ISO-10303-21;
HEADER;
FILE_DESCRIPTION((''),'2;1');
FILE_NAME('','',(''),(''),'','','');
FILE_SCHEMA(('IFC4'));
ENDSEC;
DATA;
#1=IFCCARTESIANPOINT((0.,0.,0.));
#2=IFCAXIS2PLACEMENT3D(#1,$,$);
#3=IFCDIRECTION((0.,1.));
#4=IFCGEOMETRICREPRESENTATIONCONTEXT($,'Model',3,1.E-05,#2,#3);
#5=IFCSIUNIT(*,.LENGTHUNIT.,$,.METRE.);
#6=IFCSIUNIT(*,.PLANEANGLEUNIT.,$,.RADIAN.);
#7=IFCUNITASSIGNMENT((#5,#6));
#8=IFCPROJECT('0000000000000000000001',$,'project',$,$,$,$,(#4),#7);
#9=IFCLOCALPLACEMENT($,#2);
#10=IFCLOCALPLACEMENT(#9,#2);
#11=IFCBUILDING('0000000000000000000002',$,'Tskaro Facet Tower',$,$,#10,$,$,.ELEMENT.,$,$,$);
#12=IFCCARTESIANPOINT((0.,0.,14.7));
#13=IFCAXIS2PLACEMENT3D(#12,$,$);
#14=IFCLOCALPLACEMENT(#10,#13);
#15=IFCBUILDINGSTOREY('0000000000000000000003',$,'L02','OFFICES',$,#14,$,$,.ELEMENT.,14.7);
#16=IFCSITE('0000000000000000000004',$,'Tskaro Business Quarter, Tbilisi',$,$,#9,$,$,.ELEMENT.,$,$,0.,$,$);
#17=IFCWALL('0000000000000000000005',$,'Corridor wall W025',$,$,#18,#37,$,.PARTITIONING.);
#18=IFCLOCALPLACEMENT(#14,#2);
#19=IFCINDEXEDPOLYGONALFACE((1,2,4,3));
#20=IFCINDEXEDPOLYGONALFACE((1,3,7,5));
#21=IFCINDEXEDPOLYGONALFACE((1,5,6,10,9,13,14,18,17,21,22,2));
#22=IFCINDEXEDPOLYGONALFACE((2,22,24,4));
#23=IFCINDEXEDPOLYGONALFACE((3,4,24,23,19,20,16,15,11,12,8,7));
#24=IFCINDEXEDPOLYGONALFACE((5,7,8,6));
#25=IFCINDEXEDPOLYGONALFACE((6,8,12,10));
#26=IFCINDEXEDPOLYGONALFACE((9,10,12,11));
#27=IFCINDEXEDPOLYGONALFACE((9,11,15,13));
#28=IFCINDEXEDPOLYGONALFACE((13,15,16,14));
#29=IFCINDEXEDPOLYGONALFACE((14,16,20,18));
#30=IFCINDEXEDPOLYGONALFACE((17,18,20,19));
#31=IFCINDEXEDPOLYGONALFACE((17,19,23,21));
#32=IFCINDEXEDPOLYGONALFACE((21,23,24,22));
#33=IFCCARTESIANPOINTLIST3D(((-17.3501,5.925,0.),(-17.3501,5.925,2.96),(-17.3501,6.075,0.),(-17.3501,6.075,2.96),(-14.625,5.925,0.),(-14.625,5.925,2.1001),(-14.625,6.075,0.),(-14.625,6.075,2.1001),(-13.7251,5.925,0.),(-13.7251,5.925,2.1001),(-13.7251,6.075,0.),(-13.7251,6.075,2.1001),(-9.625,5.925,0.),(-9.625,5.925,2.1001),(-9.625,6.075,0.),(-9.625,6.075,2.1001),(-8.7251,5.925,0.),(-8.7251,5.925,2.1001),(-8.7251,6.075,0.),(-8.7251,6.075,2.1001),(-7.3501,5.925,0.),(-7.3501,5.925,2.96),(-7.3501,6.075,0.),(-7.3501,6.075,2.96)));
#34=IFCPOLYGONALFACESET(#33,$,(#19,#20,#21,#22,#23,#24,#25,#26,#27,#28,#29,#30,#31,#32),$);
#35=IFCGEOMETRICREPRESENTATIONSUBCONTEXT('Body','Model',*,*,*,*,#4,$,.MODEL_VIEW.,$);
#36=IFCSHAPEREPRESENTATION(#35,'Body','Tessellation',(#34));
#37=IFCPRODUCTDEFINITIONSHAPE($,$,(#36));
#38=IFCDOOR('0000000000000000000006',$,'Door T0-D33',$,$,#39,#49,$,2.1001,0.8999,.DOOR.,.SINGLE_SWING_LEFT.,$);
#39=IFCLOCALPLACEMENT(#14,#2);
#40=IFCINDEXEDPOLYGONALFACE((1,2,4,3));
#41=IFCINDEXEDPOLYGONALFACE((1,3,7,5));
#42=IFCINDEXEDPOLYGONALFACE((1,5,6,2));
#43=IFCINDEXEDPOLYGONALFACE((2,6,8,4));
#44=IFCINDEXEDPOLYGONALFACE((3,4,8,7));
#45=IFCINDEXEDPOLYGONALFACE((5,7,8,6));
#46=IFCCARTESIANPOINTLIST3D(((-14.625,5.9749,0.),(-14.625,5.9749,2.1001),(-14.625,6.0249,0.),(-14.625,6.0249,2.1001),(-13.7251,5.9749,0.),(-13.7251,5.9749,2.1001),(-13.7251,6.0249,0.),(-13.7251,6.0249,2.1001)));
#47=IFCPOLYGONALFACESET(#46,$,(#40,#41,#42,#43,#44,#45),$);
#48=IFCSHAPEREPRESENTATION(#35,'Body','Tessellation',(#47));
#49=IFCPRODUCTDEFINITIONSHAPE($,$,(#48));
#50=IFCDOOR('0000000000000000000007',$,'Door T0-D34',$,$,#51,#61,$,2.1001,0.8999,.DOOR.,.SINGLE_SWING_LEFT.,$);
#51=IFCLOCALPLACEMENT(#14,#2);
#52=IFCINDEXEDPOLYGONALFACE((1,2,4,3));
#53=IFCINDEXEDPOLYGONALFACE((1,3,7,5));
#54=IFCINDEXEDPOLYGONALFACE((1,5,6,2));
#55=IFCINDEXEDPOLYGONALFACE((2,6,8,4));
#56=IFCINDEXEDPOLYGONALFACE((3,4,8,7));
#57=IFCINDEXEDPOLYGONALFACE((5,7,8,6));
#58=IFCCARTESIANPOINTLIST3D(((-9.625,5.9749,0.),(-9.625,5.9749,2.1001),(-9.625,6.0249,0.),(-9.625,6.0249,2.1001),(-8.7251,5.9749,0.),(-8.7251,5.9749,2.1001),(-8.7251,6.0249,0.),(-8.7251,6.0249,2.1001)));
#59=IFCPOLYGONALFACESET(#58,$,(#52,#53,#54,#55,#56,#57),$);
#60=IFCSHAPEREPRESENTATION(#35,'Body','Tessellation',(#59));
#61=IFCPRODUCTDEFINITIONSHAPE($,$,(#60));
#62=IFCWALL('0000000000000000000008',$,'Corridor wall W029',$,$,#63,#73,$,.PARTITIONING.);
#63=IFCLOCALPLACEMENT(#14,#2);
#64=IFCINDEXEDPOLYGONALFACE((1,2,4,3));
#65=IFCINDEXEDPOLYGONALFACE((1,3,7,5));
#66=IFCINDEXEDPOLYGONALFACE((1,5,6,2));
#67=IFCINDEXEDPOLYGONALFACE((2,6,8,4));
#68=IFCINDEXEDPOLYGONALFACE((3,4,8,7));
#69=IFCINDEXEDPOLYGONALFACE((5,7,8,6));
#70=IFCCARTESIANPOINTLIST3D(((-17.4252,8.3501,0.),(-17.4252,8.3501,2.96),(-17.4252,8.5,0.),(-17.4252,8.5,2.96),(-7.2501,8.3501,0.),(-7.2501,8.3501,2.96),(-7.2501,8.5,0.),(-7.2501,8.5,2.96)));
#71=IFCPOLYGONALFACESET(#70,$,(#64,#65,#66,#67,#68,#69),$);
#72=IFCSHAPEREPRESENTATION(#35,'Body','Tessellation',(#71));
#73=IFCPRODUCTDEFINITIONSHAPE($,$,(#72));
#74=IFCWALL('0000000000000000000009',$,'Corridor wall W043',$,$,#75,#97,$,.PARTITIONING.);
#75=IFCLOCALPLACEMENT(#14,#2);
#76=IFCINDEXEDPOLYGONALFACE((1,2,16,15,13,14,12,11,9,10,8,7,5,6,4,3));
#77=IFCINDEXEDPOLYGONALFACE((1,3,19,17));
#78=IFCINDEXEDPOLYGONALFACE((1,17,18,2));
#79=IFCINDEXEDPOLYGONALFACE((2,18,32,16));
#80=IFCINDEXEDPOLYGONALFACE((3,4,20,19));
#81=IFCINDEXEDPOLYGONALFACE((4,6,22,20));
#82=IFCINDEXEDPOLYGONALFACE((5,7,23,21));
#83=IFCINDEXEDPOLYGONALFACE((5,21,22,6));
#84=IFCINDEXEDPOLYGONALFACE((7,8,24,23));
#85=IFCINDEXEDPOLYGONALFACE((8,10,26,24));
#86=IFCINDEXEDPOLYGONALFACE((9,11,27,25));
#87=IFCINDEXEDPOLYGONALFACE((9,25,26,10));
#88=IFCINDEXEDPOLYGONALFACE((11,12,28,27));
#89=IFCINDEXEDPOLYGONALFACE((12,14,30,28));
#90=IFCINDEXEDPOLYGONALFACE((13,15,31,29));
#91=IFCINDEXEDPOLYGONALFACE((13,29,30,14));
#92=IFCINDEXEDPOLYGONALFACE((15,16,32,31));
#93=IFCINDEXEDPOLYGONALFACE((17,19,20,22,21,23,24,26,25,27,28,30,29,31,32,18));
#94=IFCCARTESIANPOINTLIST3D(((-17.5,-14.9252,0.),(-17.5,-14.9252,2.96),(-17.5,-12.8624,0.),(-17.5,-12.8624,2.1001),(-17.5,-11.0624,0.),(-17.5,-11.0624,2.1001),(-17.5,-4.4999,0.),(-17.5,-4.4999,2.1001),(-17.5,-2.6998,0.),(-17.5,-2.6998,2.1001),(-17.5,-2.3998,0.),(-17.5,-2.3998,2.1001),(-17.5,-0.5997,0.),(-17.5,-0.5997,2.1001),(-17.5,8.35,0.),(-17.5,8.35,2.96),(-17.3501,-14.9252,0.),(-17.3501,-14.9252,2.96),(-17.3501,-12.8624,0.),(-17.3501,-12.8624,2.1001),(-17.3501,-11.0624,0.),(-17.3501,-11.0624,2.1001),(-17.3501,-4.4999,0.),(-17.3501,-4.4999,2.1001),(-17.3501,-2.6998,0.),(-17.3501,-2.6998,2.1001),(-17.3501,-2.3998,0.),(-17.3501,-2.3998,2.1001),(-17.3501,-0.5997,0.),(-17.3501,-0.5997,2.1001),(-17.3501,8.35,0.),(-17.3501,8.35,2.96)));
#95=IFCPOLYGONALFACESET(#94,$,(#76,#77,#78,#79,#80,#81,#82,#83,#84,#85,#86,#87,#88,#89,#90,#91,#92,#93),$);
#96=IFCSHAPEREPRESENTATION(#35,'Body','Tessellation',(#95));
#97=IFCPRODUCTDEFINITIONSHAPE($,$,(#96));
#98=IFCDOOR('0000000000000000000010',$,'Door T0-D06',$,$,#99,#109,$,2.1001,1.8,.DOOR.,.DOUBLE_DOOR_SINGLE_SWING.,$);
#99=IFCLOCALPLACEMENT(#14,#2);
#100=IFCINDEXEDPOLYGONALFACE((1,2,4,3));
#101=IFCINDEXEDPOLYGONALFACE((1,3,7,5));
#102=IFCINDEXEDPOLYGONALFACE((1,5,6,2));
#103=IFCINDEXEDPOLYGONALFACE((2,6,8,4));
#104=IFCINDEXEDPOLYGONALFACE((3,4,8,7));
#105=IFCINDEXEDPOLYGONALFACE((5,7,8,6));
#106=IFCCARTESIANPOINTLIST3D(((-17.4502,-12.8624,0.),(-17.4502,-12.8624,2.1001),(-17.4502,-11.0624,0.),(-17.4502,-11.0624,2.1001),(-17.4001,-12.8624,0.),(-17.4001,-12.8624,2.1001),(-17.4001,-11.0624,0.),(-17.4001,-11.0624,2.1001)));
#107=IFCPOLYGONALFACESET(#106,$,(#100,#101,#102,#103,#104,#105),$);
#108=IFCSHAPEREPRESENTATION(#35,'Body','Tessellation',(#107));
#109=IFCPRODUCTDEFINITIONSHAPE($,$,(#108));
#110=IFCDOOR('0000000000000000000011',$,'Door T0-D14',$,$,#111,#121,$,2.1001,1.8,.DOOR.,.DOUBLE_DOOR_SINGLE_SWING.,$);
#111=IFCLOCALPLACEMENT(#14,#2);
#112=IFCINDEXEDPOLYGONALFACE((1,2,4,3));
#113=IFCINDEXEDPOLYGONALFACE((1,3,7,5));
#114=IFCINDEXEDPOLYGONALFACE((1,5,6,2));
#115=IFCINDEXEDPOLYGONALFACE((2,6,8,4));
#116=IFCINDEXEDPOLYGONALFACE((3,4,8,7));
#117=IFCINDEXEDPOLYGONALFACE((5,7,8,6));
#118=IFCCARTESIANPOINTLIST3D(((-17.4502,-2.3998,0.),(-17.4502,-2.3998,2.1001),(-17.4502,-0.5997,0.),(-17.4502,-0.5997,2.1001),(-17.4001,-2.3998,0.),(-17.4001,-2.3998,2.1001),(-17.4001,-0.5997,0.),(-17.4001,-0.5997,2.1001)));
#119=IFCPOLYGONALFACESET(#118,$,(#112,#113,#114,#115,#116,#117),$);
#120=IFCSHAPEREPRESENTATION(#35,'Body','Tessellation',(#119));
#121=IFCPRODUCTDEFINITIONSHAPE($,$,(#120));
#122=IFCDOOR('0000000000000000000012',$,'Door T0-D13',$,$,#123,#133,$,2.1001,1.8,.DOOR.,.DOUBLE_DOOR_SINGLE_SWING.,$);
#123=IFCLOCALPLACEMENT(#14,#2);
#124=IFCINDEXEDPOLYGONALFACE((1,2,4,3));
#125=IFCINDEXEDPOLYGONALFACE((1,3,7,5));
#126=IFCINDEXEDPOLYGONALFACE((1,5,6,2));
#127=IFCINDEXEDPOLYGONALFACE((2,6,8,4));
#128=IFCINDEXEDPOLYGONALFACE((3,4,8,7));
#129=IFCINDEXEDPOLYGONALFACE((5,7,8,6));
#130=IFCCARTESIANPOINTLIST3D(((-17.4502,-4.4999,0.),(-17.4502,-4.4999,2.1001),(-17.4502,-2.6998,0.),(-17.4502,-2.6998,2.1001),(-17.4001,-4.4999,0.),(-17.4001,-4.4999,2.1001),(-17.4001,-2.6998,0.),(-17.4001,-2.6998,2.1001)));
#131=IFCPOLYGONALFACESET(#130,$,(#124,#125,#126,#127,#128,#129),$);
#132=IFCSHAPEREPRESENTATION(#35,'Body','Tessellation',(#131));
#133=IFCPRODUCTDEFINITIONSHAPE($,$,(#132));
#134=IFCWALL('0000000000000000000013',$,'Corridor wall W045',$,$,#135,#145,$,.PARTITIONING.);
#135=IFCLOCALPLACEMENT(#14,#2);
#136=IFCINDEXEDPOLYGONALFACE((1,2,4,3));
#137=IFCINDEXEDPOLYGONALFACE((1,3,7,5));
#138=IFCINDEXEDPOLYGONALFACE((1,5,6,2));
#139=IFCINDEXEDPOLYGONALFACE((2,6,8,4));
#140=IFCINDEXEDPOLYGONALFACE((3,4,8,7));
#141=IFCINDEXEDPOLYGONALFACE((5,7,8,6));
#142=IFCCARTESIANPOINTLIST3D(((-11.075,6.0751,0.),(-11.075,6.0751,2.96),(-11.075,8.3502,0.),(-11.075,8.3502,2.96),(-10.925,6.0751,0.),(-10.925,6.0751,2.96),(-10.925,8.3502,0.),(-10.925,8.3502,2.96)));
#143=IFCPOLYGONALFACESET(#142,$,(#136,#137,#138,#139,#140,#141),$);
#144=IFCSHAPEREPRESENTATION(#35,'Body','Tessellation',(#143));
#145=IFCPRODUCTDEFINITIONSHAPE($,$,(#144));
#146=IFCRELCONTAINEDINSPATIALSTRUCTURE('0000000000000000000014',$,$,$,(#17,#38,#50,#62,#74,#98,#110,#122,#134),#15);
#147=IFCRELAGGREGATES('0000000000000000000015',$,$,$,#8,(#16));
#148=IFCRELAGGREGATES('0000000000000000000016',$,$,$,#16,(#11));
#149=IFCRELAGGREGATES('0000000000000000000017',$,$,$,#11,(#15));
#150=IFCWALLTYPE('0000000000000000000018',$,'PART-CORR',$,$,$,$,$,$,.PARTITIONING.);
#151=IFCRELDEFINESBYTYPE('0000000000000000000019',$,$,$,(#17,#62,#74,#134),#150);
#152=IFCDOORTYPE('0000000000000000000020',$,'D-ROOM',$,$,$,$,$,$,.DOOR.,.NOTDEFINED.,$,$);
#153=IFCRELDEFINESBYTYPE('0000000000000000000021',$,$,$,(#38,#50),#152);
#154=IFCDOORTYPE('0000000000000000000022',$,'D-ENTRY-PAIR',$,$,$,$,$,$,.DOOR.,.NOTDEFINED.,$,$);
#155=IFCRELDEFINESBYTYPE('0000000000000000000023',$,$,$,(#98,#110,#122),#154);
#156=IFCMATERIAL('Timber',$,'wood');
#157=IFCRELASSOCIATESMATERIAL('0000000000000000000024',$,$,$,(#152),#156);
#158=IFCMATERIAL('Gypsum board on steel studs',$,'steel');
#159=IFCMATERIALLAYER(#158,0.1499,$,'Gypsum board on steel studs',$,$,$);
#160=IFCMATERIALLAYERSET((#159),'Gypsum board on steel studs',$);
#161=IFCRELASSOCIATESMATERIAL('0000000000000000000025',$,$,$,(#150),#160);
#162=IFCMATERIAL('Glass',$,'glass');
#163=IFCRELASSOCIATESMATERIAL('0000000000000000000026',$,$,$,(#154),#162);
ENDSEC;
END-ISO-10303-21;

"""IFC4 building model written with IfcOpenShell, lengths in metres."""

from ifc_helpers import new_model, si_unit, direction, frame, frame_2d, origin, place, context, subcontext, project, spatial, rectangle, extrude, material, layer, layer_set, type_object, element, fill, save


model = new_model("IFC4")

# Units and contexts
model_context = context("Model", 3, precision=1e-05, world=origin(), true_north=direction((0.0, 1.0)))
body_context = subcontext(model_context, "Body", "Model", "MODEL_VIEW")
ifc_project = project(units=[si_unit("LENGTHUNIT", "METRE"), si_unit("PLANEANGLEUNIT", "RADIAN")], contexts=[model_context])

# Site, building, storey
site_placement = place(None, origin())
site = spatial("IfcSite", under=ifc_project, at=site_placement, Name="Tskaro Business Quarter, Tbilisi", CompositionType="ELEMENT", RefElevation=0.0)
building_placement = place(site_placement, origin())
building = spatial("IfcBuilding", under=site, at=building_placement, Name="Tskaro Facet Tower", CompositionType="ELEMENT")
storey_placement = place(building_placement, frame((0.0, 0.0, 14.7)))
storey = spatial("IfcBuildingStorey", under=building, at=storey_placement, Name="L02", Description="OFFICES", CompositionType="ELEMENT", Elevation=14.7)

# Shared definitions
ifc_material_1 = material(Name="Timber", Category="wood")
door_type_1 = type_object("IfcDoorType", Name="D-ROOM", OperationType="NOTDEFINED", PredefinedType="DOOR", material=ifc_material_1)

# Shared definitions
ifc_material_2 = material(Name="Gypsum board on steel studs", Category="steel")

# Wall, openings, doors
ifc_layer_1 = layer(ifc_material_2, 0.1499, Name="Gypsum board on steel studs")
ifc_layer_set_1 = layer_set([ifc_layer_1], Name="Gypsum board on steel studs")
wall_type_1 = type_object("IfcWallType", Name="PART-CORR", PredefinedType="PARTITIONING", material=ifc_layer_set_1)
wall_1_placement = place(storey_placement, frame((-17.3501, 6.0, 0.0), z_axis=(0.0, 0.0, 1.0), x_axis=(1.0, 0.0, 0.0)))
wall_1 = element("IfcWall", 1, at=wall_1_placement, inside=storey, type_object=wall_type_1, Name="Corridor wall W025", PredefinedType="PARTITIONING", context=body_context, shape_type="SweptSolid", body=[
    extrude(rectangle(XDim=10.0, YDim=0.1499, at=frame_2d((5.0, 0.0))), origin(), (0.0, 0.0, 1.0), 2.96),
])
opening_1_placement = place(wall_1_placement, frame((2.7251, 0.0, 0.0)))
opening_1 = element("IfcOpeningElement", 2, at=opening_1_placement, cuts=wall_1, PredefinedType="OPENING", context=body_context, shape_type="SweptSolid", body=[
    extrude(rectangle(XDim=0.8999, YDim=2.1001, at=frame_2d((0.45, 1.05))), frame((0.0, 0.085, 0.0), z_axis=(0.0, -1.0, 0.0), x_axis=(1.0, 0.0, 0.0)), (0.0, 0.0, 1.0), 0.1699),
])
opening_2_placement = place(wall_1_placement, frame((7.7251, 0.0, 0.0)))
opening_2 = element("IfcOpeningElement", 3, at=opening_2_placement, cuts=wall_1, PredefinedType="OPENING", context=body_context, shape_type="SweptSolid", body=[
    extrude(rectangle(XDim=0.8999, YDim=2.1001, at=frame_2d((0.45, 1.05))), frame((0.0, 0.085, 0.0), z_axis=(0.0, -1.0, 0.0), x_axis=(1.0, 0.0, 0.0)), (0.0, 0.0, 1.0), 0.1699),
])
door_1_placement = place(opening_1_placement, origin())
door_1 = element("IfcDoor", 4, at=door_1_placement, inside=storey, type_object=door_type_1, Name="Door T0-D33", OperationType="SINGLE_SWING_LEFT", OverallHeight=2.1001, OverallWidth=0.8999, PredefinedType="DOOR", context=body_context, shape_type="SweptSolid", body=[
    extrude(rectangle(XDim=0.8999, YDim=2.1001, at=frame_2d((0.45, 1.05))), frame((0.0, 0.0249, 0.0), z_axis=(0.0, -1.0, 0.0), x_axis=(1.0, 0.0, 0.0)), (0.0, 0.0, 1.0), 0.05),
])
fill(opening_1, door_1)
door_2_placement = place(opening_2_placement, origin())
door_2 = element("IfcDoor", 5, at=door_2_placement, inside=storey, type_object=door_type_1, Name="Door T0-D34", OperationType="SINGLE_SWING_LEFT", OverallHeight=2.1001, OverallWidth=0.8999, PredefinedType="DOOR", context=body_context, shape_type="SweptSolid", body=[
    extrude(rectangle(XDim=0.8999, YDim=2.1001, at=frame_2d((0.45, 1.05))), frame((0.0, 0.0249, 0.0), z_axis=(0.0, -1.0, 0.0), x_axis=(1.0, 0.0, 0.0)), (0.0, 0.0, 1.0), 0.05),
])
fill(opening_2, door_2)

# Wall
wall_2_placement = place(storey_placement, frame((-17.425, 8.425, 0.0), z_axis=(0.0, 0.0, 1.0), x_axis=(1.0, 0.0, 0.0)))
element("IfcWall", 6, at=wall_2_placement, inside=storey, type_object=wall_type_1, Name="Corridor wall W029", PredefinedType="PARTITIONING", context=body_context, shape_type="SweptSolid", body=[
    extrude(rectangle(XDim=10.175, YDim=0.1499, at=frame_2d((5.0874, 0.0))), origin(), (0.0, 0.0, 1.0), 2.96),
])

# Wall, openings, doors
wall_3_placement = place(storey_placement, frame((-17.425, 8.3501, 0.0), z_axis=(0.0, 0.0, 1.0), x_axis=(0.0, -1.0, 0.0)))
wall_3 = element("IfcWall", 7, at=wall_3_placement, inside=storey, type_object=wall_type_1, Name="Corridor wall W043", PredefinedType="PARTITIONING", context=body_context, shape_type="SweptSolid", body=[
    extrude(rectangle(XDim=23.2751, YDim=0.1499, at=frame_2d((11.6377, 0.0))), origin(), (0.0, 0.0, 1.0), 2.96),
])
opening_3_placement = place(wall_3_placement, frame((19.4126, 0.0, 0.0)))
opening_3 = element("IfcOpeningElement", 8, at=opening_3_placement, cuts=wall_3, PredefinedType="OPENING", context=body_context, shape_type="SweptSolid", body=[
    extrude(rectangle(XDim=1.8, YDim=2.1001, at=frame_2d((0.8999, 1.05))), frame((0.0, 0.085, 0.0), z_axis=(0.0, -1.0, 0.0), x_axis=(1.0, 0.0, 0.0)), (0.0, 0.0, 1.0), 0.1699),
])
opening_4_placement = place(wall_3_placement, frame((8.95, 0.0, 0.0)))
opening_4 = element("IfcOpeningElement", 9, at=opening_4_placement, cuts=wall_3, PredefinedType="OPENING", context=body_context, shape_type="SweptSolid", body=[
    extrude(rectangle(XDim=1.8, YDim=2.1001, at=frame_2d((0.8999, 1.05))), frame((0.0, 0.085, 0.0), z_axis=(0.0, -1.0, 0.0), x_axis=(1.0, 0.0, 0.0)), (0.0, 0.0, 1.0), 0.1699),
])
opening_5_placement = place(wall_3_placement, frame((11.05, 0.0, 0.0)))
opening_5 = element("IfcOpeningElement", 10, at=opening_5_placement, cuts=wall_3, PredefinedType="OPENING", context=body_context, shape_type="SweptSolid", body=[
    extrude(rectangle(XDim=1.8, YDim=2.1001, at=frame_2d((0.8999, 1.05))), frame((0.0, 0.085, 0.0), z_axis=(0.0, -1.0, 0.0), x_axis=(1.0, 0.0, 0.0)), (0.0, 0.0, 1.0), 0.1699),
])
ifc_material_3 = material(Name="Glass", Category="glass")
door_type_2 = type_object("IfcDoorType", Name="D-ENTRY-PAIR", OperationType="NOTDEFINED", PredefinedType="DOOR", material=ifc_material_3)
door_3_placement = place(opening_3_placement, origin())
door_3 = element("IfcDoor", 11, at=door_3_placement, inside=storey, type_object=door_type_2, Name="Door T0-D06", OperationType="DOUBLE_DOOR_SINGLE_SWING", OverallHeight=2.1001, OverallWidth=1.8, PredefinedType="DOOR", context=body_context, shape_type="SweptSolid", body=[
    extrude(rectangle(XDim=1.8, YDim=2.1001, at=frame_2d((0.8999, 1.05))), frame((0.0, 0.0249, 0.0), z_axis=(0.0, -1.0, 0.0), x_axis=(1.0, 0.0, 0.0)), (0.0, 0.0, 1.0), 0.05),
])
fill(opening_3, door_3)
door_4_placement = place(opening_4_placement, origin())
door_4 = element("IfcDoor", 12, at=door_4_placement, inside=storey, type_object=door_type_2, Name="Door T0-D14", OperationType="DOUBLE_DOOR_SINGLE_SWING", OverallHeight=2.1001, OverallWidth=1.8, PredefinedType="DOOR", context=body_context, shape_type="SweptSolid", body=[
    extrude(rectangle(XDim=1.8, YDim=2.1001, at=frame_2d((0.8999, 1.05))), frame((0.0, 0.0249, 0.0), z_axis=(0.0, -1.0, 0.0), x_axis=(1.0, 0.0, 0.0)), (0.0, 0.0, 1.0), 0.05),
])
fill(opening_4, door_4)
door_5_placement = place(opening_5_placement, origin())
door_5 = element("IfcDoor", 13, at=door_5_placement, inside=storey, type_object=door_type_2, Name="Door T0-D13", OperationType="DOUBLE_DOOR_SINGLE_SWING", OverallHeight=2.1001, OverallWidth=1.8, PredefinedType="DOOR", context=body_context, shape_type="SweptSolid", body=[
    extrude(rectangle(XDim=1.8, YDim=2.1001, at=frame_2d((0.8999, 1.05))), frame((0.0, 0.0249, 0.0), z_axis=(0.0, -1.0, 0.0), x_axis=(1.0, 0.0, 0.0)), (0.0, 0.0, 1.0), 0.05),
])
fill(opening_5, door_5)

# Wall
wall_4_placement = place(storey_placement, frame((-11.0, 6.075, 0.0), z_axis=(0.0, 0.0, 1.0), x_axis=(0.0, 1.0, 0.0)))
element("IfcWall", 14, at=wall_4_placement, inside=storey, type_object=wall_type_1, Name="Corridor wall W045", PredefinedType="PARTITIONING", context=body_context, shape_type="SweptSolid", body=[
    extrude(rectangle(XDim=2.2751, YDim=0.1499, at=frame_2d((1.1377, 0.0))), origin(), (0.0, 0.0, 1.0), 2.96),
])

save(model, "model.ifc")
